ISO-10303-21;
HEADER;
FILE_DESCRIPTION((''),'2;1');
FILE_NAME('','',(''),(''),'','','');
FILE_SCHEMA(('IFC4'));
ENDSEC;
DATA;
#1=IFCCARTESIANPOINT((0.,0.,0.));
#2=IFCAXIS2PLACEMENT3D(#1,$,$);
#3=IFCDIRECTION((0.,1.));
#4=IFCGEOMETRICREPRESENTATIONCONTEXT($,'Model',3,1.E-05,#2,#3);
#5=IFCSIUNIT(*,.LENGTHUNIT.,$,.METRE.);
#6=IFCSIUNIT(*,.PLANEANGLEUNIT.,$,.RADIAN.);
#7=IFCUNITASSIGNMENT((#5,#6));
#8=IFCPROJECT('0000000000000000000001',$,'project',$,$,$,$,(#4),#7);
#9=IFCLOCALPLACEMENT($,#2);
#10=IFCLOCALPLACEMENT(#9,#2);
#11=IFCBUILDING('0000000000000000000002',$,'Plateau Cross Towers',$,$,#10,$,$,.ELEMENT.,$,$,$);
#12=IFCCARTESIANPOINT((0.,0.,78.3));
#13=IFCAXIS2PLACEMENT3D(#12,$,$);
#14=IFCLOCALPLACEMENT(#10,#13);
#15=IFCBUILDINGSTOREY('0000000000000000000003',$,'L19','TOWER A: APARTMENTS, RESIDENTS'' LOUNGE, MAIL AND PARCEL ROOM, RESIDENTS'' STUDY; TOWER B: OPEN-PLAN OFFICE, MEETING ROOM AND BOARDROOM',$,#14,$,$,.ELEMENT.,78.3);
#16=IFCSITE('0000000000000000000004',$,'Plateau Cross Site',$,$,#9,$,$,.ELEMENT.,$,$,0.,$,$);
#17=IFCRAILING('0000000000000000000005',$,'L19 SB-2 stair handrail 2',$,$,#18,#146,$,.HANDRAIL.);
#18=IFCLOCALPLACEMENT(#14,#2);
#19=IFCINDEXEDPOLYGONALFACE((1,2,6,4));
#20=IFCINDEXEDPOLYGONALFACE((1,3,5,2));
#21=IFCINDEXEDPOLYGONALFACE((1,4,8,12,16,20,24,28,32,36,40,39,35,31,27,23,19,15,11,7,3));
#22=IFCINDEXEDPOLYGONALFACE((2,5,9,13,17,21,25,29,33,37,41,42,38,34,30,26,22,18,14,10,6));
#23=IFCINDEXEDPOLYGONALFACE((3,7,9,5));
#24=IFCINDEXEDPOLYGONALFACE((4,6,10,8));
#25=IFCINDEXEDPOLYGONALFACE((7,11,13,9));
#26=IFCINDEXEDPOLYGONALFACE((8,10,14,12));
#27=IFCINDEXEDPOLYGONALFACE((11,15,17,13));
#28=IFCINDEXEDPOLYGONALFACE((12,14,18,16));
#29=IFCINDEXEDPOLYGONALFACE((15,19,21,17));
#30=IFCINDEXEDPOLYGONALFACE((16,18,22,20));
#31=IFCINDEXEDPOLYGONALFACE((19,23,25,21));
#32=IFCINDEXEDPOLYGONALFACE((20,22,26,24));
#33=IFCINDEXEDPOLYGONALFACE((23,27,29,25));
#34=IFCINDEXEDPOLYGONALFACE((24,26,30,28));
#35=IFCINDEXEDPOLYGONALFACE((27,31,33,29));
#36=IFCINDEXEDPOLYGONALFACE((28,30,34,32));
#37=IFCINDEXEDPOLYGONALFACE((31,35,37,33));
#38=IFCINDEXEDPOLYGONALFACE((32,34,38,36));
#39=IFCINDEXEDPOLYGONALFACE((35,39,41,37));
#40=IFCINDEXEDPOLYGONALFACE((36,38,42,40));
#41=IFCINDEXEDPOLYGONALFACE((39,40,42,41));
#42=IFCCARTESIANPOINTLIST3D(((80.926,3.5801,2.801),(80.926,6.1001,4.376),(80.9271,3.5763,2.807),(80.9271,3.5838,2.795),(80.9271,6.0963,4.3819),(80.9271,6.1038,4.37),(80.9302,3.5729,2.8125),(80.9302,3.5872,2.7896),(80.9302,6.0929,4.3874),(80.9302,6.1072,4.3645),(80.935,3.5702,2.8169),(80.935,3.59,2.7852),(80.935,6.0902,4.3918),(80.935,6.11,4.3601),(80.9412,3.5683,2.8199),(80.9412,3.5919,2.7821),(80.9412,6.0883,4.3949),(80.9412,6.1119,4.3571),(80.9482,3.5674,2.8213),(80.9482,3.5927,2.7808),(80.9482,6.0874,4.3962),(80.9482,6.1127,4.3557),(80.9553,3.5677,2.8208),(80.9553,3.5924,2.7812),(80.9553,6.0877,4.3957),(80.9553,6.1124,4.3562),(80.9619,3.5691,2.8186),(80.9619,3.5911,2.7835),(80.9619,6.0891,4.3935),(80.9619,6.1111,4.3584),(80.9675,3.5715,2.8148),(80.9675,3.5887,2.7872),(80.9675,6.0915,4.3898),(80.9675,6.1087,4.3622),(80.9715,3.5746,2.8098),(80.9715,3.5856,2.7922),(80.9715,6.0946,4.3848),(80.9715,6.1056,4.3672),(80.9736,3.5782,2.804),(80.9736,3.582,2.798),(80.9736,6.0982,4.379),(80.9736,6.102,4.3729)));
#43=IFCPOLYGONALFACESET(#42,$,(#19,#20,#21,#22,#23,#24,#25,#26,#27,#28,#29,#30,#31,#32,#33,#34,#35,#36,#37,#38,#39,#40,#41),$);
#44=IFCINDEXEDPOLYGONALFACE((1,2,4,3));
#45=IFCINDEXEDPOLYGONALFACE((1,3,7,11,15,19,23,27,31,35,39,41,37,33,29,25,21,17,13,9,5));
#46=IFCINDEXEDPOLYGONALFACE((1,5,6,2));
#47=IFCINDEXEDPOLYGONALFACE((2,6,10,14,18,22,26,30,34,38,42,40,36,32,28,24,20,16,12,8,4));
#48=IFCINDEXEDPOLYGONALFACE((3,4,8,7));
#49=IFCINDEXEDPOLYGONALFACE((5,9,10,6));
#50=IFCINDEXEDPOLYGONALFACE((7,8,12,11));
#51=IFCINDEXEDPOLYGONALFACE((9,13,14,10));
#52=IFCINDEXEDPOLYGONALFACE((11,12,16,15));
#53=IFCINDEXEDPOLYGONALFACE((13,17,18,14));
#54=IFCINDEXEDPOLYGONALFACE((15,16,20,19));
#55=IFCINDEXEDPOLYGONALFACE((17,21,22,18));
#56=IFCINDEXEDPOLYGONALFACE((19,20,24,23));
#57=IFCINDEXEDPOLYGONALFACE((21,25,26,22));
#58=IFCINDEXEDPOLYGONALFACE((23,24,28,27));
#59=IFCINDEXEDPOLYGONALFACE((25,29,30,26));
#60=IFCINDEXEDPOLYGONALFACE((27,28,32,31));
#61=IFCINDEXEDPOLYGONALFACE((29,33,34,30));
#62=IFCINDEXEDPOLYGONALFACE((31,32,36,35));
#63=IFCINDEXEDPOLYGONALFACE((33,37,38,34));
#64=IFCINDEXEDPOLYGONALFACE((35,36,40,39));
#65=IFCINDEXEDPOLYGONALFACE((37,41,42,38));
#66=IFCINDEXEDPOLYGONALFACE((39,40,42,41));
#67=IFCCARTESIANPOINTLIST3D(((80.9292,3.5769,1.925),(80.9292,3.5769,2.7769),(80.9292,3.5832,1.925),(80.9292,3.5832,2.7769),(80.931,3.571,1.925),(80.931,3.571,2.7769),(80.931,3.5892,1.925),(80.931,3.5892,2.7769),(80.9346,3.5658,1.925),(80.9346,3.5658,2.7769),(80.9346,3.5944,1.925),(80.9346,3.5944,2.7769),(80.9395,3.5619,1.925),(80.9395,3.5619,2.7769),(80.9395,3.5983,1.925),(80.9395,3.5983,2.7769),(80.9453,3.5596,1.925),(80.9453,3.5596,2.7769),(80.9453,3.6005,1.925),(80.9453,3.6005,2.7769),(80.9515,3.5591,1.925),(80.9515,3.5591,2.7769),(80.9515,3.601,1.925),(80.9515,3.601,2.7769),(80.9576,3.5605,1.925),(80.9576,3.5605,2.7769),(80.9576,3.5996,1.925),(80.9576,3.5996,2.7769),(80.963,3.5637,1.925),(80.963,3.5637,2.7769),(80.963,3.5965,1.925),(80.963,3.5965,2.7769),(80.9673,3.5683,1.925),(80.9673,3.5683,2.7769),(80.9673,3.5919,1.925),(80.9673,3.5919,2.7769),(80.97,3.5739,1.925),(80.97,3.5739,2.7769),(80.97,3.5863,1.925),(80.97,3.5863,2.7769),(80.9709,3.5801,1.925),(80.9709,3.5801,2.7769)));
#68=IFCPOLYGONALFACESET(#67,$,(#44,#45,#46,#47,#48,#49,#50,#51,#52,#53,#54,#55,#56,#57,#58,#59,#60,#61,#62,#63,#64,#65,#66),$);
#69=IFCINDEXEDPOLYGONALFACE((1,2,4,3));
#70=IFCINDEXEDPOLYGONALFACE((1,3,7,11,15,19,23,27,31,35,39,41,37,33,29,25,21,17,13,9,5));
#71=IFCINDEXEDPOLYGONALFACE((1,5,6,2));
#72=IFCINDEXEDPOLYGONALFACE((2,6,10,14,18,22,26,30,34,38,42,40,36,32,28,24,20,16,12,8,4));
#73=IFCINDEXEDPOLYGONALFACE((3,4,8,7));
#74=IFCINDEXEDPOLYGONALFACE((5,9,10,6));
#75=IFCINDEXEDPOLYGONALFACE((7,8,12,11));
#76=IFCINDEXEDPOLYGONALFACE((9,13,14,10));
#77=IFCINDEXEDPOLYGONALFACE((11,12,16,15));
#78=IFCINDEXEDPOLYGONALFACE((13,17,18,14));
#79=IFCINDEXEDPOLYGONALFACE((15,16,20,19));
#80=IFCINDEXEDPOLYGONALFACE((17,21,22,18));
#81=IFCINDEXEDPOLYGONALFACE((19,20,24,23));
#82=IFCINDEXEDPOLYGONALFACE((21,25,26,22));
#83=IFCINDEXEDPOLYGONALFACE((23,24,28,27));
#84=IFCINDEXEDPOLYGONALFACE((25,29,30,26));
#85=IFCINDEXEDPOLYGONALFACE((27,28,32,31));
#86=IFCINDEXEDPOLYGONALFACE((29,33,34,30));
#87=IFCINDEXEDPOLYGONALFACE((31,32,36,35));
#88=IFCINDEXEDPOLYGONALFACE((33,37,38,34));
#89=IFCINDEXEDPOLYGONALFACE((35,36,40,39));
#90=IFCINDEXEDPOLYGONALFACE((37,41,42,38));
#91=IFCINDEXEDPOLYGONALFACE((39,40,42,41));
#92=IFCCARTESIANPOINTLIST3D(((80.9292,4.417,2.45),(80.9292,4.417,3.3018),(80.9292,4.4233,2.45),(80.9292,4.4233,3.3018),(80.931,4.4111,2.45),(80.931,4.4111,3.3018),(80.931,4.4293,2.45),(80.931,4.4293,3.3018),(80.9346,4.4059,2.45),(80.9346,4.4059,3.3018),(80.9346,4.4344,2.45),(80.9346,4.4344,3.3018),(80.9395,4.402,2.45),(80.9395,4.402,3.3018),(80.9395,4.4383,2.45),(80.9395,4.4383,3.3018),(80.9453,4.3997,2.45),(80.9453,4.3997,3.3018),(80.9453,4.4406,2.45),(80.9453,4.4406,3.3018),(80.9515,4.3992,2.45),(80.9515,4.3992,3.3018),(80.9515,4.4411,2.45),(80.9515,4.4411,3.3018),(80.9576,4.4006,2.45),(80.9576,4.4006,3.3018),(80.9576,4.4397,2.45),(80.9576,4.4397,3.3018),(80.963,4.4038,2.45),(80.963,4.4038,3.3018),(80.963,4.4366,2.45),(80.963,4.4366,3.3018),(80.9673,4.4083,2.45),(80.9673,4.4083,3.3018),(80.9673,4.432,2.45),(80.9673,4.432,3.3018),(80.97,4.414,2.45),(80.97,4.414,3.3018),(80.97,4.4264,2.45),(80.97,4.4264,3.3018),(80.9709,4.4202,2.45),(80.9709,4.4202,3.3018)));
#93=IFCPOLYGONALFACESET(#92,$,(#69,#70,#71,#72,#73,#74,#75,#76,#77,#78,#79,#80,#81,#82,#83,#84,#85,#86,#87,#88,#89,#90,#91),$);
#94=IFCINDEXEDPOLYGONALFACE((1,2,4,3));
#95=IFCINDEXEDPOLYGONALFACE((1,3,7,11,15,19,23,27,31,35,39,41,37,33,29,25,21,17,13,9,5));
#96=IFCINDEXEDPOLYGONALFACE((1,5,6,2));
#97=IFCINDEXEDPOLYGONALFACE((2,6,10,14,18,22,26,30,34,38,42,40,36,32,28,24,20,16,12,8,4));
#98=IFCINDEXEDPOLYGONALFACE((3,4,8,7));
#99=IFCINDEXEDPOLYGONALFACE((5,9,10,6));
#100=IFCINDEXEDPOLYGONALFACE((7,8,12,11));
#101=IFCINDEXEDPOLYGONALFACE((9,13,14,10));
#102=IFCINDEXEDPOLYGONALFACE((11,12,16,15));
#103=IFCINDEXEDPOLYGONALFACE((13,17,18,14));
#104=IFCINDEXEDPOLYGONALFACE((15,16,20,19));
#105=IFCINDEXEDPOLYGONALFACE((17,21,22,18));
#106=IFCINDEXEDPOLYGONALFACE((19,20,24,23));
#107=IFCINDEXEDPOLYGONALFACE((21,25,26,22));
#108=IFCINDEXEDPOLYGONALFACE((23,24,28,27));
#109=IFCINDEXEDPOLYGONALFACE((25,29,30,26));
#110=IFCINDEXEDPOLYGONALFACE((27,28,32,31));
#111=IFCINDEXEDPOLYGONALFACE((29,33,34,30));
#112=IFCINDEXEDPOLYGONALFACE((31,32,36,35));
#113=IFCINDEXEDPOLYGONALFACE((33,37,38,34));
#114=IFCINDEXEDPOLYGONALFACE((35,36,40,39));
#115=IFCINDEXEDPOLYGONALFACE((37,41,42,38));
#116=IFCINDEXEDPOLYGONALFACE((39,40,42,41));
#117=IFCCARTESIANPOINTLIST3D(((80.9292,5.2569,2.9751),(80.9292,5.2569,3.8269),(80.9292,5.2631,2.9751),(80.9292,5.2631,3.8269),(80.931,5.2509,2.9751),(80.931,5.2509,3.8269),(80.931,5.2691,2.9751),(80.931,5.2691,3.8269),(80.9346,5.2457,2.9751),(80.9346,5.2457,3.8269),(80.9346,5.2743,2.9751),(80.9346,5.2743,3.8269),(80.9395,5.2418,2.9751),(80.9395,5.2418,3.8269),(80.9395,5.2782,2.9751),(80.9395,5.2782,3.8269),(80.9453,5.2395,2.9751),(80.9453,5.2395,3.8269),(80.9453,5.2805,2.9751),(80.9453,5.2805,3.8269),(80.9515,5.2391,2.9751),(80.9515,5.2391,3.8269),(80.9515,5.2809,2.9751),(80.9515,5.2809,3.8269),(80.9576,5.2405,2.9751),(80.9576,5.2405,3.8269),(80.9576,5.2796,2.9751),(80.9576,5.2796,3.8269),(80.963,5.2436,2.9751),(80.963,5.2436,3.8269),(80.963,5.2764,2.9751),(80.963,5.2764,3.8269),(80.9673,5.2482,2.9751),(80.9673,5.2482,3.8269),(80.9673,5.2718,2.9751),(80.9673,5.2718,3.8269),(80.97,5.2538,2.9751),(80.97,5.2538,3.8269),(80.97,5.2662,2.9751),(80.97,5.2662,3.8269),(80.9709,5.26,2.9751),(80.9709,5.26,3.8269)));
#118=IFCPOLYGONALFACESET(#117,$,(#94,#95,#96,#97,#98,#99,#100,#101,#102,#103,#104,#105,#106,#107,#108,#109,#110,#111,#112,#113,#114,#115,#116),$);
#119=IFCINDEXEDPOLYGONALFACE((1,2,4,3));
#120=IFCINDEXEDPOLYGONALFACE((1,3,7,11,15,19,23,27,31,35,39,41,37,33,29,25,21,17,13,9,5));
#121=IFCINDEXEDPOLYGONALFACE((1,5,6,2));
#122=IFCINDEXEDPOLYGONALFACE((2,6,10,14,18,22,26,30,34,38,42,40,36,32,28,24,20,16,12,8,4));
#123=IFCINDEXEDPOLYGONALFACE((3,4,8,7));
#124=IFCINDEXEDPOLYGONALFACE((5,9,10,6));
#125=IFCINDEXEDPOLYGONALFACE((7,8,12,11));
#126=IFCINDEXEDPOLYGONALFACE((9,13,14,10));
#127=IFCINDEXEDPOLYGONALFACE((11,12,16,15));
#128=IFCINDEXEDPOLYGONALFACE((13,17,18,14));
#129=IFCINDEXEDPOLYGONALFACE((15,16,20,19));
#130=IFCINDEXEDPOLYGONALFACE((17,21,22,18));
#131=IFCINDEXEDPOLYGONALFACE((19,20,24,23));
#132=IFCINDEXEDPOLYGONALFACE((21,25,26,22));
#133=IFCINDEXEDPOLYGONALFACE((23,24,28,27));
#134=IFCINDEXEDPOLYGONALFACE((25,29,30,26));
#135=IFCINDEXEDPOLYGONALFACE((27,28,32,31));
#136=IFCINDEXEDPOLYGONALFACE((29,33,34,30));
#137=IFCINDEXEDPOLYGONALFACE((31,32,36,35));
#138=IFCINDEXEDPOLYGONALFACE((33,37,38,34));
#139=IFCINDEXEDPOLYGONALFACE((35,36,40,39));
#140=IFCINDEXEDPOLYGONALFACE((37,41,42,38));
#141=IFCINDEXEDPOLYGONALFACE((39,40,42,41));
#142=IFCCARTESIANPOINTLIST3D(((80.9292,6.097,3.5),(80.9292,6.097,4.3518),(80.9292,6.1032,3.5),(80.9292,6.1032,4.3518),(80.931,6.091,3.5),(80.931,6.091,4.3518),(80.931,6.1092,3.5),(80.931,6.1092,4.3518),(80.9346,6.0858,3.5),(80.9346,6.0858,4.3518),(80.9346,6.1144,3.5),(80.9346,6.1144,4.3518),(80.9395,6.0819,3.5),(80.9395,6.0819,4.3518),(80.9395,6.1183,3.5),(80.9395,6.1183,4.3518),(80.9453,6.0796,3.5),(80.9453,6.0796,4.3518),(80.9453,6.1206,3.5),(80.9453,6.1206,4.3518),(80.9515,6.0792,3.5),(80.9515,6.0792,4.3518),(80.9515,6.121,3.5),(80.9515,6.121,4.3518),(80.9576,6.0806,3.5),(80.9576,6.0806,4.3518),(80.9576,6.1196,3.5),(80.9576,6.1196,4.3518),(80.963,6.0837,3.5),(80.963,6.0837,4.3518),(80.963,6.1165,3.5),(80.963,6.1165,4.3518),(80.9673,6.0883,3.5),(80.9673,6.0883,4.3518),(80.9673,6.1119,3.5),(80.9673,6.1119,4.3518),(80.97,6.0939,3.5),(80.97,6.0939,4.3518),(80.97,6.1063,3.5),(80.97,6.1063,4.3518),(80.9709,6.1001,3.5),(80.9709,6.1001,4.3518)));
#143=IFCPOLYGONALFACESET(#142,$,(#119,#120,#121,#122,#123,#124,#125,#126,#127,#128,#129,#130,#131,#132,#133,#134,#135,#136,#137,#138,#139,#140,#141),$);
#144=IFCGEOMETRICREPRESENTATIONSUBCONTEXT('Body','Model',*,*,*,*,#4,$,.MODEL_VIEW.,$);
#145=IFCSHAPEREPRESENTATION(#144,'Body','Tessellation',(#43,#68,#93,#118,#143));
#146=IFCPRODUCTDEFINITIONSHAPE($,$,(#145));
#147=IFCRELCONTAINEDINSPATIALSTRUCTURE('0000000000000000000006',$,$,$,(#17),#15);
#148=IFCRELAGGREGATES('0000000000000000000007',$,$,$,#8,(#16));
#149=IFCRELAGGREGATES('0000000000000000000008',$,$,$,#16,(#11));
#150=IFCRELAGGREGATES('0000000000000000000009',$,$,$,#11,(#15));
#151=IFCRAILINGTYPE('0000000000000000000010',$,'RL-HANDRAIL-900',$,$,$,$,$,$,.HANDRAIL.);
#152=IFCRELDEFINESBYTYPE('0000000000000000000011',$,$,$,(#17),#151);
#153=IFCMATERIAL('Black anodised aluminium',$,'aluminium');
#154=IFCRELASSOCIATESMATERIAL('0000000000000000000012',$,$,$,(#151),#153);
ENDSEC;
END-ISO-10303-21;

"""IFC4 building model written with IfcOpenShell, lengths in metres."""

from ifc_helpers import new_model, si_unit, direction, frame, origin, origin_2d, place, context, subcontext, project, spatial, circle, extrude, material, type_object, element, save


model = new_model("IFC4")

# Units and contexts
model_context = context("Model", 3, precision=1e-05, world=origin(), true_north=direction((0.0, 1.0)))
body_context = subcontext(model_context, "Body", "Model", "MODEL_VIEW")
ifc_project = project(units=[si_unit("LENGTHUNIT", "METRE"), si_unit("PLANEANGLEUNIT", "RADIAN")], contexts=[model_context])

# Site, building, storey
site_placement = place(None, origin())
site = spatial("IfcSite", under=ifc_project, at=site_placement, Name="Plateau Cross Site", CompositionType="ELEMENT", RefElevation=0.0)
building_placement = place(site_placement, origin())
building = spatial("IfcBuilding", under=site, at=building_placement, Name="Plateau Cross Towers", CompositionType="ELEMENT")
storey_placement = place(building_placement, frame((0.0, 0.0, 78.3)))
storey = spatial("IfcBuildingStorey", under=building, at=storey_placement, Name="L19", Description="TOWER A: APARTMENTS, RESIDENTS' LOUNGE, MAIL AND PARCEL ROOM, RESIDENTS' STUDY; TOWER B: OPEN-PLAN OFFICE, MEETING ROOM AND BOARDROOM", CompositionType="ELEMENT", Elevation=78.3)

# Shared definitions
ifc_material_1 = material(Name="Black anodised aluminium", Category="aluminium")

# Railing
railing_type_1 = type_object("IfcRailingType", Name="RL-HANDRAIL-900", PredefinedType="HANDRAIL", material=ifc_material_1)
railing_1_placement = place(storey_placement, frame((80.95, 3.5801, 1.925)))
element("IfcRailing", 1, at=railing_1_placement, inside=storey, type_object=railing_type_1, Name="L19 SB-2 stair handrail 2", PredefinedType="HANDRAIL", context=body_context, shape_type="SweptSolid", body=[
    extrude(circle(Radius=0.0239, at=origin_2d()), frame((0.0, 0.0, 0.876), z_axis=(0.0, 0.848008, 0.529984), x_axis=(-1.0, 0.0, 0.0)), (0.0, 0.0, 1.0), 2.9717),
    extrude(circle(Radius=0.021, at=origin_2d()), origin(), (0.0, 0.0, 1.0), 0.8518),
    extrude(circle(Radius=0.021, at=origin_2d()), frame((0.0, 0.8401, 0.5249)), (0.0, 0.0, 1.0), 0.8518),
    extrude(circle(Radius=0.021, at=origin_2d()), frame((0.0, 1.6799, 1.05)), (0.0, 0.0, 1.0), 0.8518),
    extrude(circle(Radius=0.021, at=origin_2d()), frame((0.0, 2.52, 1.575)), (0.0, 0.0, 1.0), 0.8518),
])

save(model, "model.ifc")
